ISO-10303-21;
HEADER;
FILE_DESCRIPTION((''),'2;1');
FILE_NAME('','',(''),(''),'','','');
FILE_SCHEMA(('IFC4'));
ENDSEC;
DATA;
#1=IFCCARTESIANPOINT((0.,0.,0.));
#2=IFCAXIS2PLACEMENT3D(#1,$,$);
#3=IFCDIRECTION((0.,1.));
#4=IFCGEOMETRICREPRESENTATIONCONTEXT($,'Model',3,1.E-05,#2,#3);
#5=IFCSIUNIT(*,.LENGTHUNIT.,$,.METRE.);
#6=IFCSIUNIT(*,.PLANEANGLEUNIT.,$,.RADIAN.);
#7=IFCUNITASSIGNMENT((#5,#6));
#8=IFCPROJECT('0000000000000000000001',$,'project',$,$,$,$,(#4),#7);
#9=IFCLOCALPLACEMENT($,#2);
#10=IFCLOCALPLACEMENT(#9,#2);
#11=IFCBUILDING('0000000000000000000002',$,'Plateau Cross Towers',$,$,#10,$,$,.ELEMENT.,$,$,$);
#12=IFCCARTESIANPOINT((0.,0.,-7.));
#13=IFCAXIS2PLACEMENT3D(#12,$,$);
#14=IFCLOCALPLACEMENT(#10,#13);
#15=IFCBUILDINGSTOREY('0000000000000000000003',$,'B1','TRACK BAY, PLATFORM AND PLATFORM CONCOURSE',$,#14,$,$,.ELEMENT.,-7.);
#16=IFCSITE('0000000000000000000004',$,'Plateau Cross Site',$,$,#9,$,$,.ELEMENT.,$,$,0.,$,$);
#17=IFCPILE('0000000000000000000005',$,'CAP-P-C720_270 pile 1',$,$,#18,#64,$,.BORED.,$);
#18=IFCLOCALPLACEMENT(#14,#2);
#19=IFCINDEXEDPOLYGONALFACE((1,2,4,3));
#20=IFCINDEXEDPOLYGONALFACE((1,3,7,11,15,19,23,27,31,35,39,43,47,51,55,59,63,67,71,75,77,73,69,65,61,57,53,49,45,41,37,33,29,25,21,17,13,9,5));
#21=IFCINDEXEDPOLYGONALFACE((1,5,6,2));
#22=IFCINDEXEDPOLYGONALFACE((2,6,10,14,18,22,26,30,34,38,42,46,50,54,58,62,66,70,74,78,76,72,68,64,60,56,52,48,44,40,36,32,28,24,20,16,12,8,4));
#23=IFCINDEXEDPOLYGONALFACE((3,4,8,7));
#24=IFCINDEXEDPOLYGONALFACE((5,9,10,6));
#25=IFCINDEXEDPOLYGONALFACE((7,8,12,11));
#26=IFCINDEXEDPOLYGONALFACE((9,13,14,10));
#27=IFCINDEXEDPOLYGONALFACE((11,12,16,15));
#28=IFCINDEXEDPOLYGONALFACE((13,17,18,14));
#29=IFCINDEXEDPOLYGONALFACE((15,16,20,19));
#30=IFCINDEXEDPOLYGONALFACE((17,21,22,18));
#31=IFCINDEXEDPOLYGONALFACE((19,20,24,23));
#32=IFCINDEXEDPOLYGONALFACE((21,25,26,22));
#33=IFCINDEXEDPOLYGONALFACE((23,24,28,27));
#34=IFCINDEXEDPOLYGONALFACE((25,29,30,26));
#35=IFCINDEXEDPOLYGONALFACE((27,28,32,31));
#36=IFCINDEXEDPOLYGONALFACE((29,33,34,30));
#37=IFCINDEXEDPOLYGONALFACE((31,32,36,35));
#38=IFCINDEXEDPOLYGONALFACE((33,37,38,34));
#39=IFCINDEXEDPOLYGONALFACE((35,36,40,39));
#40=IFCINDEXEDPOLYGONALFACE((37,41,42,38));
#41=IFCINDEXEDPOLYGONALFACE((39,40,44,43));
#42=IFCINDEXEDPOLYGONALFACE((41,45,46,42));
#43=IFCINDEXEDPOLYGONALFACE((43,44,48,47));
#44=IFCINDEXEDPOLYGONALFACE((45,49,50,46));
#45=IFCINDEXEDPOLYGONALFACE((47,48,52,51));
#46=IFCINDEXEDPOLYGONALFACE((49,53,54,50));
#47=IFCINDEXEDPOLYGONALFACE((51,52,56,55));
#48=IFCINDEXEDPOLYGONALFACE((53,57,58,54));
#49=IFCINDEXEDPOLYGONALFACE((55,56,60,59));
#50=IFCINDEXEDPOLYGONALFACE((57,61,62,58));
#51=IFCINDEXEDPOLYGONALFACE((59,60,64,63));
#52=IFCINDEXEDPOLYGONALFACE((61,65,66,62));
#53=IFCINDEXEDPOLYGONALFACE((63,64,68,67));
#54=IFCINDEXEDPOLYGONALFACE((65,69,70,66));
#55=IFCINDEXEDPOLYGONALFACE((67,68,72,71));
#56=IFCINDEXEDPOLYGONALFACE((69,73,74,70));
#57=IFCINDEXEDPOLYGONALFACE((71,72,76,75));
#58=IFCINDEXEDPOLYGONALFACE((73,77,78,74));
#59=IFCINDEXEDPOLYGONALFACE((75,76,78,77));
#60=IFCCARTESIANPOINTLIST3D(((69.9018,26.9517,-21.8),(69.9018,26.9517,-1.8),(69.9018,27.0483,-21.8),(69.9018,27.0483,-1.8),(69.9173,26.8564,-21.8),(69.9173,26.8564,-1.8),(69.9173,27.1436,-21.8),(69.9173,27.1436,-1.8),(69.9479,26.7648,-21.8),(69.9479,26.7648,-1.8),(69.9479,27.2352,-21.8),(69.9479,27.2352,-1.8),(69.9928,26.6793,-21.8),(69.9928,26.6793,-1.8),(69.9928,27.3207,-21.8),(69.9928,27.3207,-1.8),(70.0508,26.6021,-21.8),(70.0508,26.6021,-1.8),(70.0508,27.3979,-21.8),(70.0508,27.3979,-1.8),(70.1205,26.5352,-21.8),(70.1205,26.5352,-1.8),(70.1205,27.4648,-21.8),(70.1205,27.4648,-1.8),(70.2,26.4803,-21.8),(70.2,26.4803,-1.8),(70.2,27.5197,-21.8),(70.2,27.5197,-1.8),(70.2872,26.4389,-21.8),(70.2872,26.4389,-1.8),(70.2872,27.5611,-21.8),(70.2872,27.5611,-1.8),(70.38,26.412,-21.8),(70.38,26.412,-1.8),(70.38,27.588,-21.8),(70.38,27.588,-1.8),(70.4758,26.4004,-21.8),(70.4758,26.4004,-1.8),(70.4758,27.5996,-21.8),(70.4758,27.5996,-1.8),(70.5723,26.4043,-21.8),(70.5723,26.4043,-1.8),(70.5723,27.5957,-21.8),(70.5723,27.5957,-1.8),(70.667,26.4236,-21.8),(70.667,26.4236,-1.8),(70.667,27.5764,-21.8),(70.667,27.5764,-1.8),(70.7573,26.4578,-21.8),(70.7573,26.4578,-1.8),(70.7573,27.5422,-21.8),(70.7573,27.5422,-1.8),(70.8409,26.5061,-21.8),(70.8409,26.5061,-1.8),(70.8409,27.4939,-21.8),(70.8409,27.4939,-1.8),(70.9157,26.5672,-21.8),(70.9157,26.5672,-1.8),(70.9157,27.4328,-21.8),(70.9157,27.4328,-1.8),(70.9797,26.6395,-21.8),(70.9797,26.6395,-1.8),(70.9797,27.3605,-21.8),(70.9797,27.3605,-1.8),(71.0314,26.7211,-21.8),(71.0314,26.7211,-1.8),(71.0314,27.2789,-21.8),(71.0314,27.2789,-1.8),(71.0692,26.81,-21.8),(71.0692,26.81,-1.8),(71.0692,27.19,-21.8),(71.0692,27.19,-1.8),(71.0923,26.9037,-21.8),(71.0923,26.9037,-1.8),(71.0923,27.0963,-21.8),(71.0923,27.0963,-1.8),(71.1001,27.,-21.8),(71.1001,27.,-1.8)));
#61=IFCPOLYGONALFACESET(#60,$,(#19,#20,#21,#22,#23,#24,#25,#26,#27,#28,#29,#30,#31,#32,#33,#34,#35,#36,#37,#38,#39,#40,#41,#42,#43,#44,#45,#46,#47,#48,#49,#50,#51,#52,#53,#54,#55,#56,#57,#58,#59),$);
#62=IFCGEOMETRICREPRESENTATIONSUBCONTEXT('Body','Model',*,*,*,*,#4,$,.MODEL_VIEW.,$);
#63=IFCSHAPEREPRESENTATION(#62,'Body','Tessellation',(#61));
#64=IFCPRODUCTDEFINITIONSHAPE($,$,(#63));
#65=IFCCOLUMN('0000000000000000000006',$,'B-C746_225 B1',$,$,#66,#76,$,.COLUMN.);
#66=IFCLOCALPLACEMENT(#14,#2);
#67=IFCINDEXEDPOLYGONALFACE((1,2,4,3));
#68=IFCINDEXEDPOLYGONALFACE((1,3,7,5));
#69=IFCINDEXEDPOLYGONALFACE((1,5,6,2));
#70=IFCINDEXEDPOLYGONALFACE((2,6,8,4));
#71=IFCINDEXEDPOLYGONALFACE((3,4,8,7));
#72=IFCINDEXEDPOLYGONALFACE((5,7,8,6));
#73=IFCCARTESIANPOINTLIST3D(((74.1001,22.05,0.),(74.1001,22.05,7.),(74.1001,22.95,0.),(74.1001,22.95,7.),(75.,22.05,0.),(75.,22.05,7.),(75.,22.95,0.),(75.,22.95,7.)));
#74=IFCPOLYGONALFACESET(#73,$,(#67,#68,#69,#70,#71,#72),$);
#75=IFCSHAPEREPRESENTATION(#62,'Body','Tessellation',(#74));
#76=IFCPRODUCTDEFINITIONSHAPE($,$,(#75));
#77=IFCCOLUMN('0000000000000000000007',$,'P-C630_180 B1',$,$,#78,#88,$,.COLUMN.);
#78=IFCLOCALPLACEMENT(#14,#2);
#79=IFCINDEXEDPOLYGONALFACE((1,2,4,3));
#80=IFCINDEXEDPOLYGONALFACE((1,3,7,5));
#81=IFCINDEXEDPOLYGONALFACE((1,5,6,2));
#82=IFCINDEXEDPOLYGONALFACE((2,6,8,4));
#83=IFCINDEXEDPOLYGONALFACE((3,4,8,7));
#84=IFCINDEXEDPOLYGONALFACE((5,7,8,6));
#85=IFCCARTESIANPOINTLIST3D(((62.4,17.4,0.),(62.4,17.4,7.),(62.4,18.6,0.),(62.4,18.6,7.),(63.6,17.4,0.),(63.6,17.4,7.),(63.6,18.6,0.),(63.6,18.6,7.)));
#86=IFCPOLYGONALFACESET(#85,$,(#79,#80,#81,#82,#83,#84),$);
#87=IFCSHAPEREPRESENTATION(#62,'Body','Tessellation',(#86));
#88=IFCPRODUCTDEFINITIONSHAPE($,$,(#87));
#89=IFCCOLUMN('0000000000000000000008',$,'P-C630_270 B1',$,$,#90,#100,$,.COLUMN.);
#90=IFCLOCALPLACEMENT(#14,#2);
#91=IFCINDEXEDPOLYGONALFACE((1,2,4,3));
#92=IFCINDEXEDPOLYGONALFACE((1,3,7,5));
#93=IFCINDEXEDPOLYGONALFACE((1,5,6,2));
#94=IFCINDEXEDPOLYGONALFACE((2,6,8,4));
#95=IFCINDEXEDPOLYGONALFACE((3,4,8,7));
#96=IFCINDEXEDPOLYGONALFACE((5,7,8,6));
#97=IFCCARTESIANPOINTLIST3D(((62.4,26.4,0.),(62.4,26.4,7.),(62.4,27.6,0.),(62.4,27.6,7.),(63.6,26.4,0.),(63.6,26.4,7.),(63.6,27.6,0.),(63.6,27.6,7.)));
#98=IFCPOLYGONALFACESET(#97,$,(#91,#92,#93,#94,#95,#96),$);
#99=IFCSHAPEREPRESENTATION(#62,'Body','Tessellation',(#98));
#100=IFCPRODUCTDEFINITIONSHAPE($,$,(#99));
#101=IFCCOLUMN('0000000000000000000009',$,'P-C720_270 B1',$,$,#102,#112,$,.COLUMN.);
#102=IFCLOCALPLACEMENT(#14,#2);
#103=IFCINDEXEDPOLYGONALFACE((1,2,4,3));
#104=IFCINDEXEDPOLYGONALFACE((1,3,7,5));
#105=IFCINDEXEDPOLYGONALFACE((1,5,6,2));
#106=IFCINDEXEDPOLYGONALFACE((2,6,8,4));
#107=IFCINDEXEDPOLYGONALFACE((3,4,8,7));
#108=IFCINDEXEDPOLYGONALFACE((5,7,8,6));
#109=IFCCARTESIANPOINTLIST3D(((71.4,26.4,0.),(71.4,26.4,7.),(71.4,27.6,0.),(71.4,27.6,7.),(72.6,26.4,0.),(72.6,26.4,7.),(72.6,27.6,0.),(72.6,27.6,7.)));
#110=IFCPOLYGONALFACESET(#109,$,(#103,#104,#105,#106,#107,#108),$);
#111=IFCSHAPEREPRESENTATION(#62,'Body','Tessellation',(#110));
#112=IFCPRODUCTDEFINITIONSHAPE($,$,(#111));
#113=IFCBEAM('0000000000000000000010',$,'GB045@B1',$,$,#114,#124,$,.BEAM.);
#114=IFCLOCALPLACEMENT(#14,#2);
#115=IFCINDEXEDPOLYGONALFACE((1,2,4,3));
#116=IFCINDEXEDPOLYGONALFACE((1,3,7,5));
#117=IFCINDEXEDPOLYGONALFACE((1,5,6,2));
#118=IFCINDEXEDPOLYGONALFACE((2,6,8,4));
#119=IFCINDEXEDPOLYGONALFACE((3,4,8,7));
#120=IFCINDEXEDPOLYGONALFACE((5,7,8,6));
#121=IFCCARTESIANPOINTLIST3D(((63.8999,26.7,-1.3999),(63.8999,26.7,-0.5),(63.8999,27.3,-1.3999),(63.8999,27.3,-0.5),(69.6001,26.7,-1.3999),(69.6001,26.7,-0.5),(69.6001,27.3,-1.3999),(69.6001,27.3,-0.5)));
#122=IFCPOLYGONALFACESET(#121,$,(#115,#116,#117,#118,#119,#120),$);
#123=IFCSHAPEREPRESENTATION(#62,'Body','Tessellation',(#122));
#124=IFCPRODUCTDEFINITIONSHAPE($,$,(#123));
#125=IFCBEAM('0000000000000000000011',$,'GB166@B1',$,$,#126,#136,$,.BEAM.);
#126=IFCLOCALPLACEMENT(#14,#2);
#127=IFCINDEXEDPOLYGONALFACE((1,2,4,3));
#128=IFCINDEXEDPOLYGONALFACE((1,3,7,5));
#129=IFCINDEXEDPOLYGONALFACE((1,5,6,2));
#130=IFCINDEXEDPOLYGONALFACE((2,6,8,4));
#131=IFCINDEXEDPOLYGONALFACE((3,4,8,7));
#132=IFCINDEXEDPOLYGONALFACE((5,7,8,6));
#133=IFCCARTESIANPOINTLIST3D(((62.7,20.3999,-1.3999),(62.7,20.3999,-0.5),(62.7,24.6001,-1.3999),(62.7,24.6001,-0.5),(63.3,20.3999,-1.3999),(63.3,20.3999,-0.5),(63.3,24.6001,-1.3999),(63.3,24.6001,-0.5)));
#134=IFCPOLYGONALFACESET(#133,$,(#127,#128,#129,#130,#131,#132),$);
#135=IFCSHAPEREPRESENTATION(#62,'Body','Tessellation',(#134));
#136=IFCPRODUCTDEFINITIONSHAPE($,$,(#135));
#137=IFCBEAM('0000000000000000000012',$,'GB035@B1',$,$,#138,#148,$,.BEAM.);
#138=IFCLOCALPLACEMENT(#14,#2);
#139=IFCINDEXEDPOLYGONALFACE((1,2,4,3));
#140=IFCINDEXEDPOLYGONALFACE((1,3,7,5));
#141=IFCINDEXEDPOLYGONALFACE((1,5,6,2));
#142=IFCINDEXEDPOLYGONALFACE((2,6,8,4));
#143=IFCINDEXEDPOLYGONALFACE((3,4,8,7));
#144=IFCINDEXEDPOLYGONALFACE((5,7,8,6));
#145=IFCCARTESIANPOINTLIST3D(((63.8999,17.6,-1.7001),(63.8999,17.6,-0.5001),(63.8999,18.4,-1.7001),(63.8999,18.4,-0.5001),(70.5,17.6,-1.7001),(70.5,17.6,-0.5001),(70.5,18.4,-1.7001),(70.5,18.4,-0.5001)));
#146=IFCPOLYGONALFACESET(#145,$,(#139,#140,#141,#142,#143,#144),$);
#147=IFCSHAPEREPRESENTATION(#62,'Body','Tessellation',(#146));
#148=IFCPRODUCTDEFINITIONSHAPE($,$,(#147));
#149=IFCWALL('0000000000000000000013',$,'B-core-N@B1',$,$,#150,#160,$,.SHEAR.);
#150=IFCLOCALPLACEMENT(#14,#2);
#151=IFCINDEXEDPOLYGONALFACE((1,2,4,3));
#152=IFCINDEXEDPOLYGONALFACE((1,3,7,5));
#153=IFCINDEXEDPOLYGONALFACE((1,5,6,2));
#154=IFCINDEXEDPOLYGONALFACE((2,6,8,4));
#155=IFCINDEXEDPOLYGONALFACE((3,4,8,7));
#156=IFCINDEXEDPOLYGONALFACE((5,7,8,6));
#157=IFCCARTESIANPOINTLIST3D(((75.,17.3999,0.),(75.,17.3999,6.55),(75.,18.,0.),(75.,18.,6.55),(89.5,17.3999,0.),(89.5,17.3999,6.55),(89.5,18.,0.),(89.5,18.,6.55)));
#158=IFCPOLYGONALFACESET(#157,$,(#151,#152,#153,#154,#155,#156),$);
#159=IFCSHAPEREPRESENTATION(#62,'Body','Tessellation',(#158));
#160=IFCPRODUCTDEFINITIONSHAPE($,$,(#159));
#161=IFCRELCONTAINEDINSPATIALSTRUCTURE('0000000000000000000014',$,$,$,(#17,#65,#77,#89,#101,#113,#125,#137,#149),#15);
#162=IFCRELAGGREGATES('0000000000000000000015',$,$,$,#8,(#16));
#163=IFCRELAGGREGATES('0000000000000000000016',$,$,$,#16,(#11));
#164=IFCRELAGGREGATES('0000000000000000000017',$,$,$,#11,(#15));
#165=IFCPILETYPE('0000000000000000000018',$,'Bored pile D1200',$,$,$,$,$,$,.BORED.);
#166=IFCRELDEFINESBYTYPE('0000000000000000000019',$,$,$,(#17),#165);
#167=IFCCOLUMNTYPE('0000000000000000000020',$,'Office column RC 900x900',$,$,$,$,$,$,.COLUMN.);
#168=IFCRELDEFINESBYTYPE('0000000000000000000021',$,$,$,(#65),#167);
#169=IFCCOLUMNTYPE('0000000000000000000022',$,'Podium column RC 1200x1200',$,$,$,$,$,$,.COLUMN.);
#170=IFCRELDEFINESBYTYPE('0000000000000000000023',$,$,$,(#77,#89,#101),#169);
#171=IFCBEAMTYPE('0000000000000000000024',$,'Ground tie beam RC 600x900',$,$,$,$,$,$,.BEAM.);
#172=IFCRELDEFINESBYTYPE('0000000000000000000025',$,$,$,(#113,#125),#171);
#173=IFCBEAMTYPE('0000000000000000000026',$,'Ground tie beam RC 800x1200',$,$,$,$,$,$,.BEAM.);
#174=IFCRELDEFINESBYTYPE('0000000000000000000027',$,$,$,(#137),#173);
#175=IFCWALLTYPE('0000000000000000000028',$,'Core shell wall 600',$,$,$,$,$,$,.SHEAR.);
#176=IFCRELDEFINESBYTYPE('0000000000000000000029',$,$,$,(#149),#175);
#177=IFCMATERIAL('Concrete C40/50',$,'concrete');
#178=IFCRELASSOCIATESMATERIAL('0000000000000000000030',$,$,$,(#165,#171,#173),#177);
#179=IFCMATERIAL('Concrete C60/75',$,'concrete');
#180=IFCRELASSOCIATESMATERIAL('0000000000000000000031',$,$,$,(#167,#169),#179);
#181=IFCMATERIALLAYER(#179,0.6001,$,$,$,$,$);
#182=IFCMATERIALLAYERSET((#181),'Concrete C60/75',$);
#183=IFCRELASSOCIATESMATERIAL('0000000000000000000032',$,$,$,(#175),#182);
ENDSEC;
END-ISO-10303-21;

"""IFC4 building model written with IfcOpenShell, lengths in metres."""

from ifc_helpers import new_model, si_unit, direction, frame, frame_2d, origin, origin_2d, place, context, subcontext, project, spatial, rectangle, circle, extrude, material, layer, layer_set, material_profile, profile_set, type_object, element, save


model = new_model("IFC4")

# Units and contexts
model_context = context("Model", 3, precision=1e-05, world=origin(), true_north=direction((0.0, 1.0)))
body_context = subcontext(model_context, "Body", "Model", "MODEL_VIEW")
ifc_project = project(units=[si_unit("LENGTHUNIT", "METRE"), si_unit("PLANEANGLEUNIT", "RADIAN")], contexts=[model_context])

# Site, building, storey
site_placement = place(None, origin())
site = spatial("IfcSite", under=ifc_project, at=site_placement, Name="Plateau Cross Site", CompositionType="ELEMENT", RefElevation=0.0)
building_placement = place(site_placement, origin())
building = spatial("IfcBuilding", under=site, at=building_placement, Name="Plateau Cross Towers", CompositionType="ELEMENT")
storey_placement = place(building_placement, frame((0.0, 0.0, -7.0)))
storey = spatial("IfcBuildingStorey", under=building, at=storey_placement, Name="B1", Description="TRACK BAY, PLATFORM AND PLATFORM CONCOURSE", CompositionType="ELEMENT", Elevation=-7.0)

# Pile
ifc_material_1 = material(Name="Concrete C40/50", Category="concrete")
ifc_material_profile_1 = material_profile(ifc_material_1, circle(Radius=0.6001, at=origin_2d()), Name="Bored pile D1200")
ifc_profile_set_1 = profile_set([ifc_material_profile_1], Name="Concrete C40/50")
pile_type = type_object("IfcPileType", Name="Bored pile D1200", PredefinedType="BORED", material=ifc_profile_set_1)
for number, where, z_axis, x_axis, name in (
    (1, (70.5, 27.0, -1.8), (0.0, 0.0, -1.0), (1.0, 0.0, 0.0), "CAP-P-C720_270 pile 1"),
):
    element("IfcPile", number, at=place(storey_placement, frame(where, z_axis=z_axis, x_axis=x_axis)), inside=storey, type_object=pile_type, Name=name, PredefinedType="BORED", context=body_context, shape_type="SweptSolid", body=[
        extrude(circle(Radius=0.6001, at=origin_2d()), origin(), (0.0, 0.0, 1.0), 20.0),
    ])

# Columns
ifc_material_2 = material(Name="Concrete C60/75", Category="concrete")
ifc_material_profile_2 = material_profile(ifc_material_2, rectangle(XDim=0.8999, YDim=0.8999, at=origin_2d()), Name="RC 900x900")
ifc_profile_set_2 = profile_set([ifc_material_profile_2], Name="Concrete C60/75")
column_type_1 = type_object("IfcColumnType", Name="Office column RC 900x900", PredefinedType="COLUMN", material=ifc_profile_set_2)
column_placement = place(storey_placement, frame((74.55, 22.5, 0.0), z_axis=(0.0, 0.0, 1.0), x_axis=(1.0, 0.0, 0.0)))
element("IfcColumn", 2, at=column_placement, inside=storey, type_object=column_type_1, Name="B-C746_225 B1", PredefinedType="COLUMN", context=body_context, shape_type="SweptSolid", body=[
    extrude(rectangle(XDim=0.8999, YDim=0.8999, at=origin_2d()), origin(), (0.0, 0.0, 1.0), 7.0),
])
ifc_material_profile_3 = material_profile(ifc_material_2, rectangle(XDim=1.2, YDim=1.2, at=origin_2d()), Name="RC 1200x1200")
ifc_profile_set_3 = profile_set([ifc_material_profile_3], Name="Concrete C60/75")
column_type_2 = type_object("IfcColumnType", Name="Podium column RC 1200x1200", PredefinedType="COLUMN", material=ifc_profile_set_3)
for number, where, z_axis, x_axis, name in (
    (3, (63.0, 18.0, 0.0), (0.0, 0.0, 1.0), (1.0, 0.0, 0.0), "P-C630_180 B1"),
    (4, (63.0, 27.0, 0.0), (0.0, 0.0, 1.0), (1.0, 0.0, 0.0), "P-C630_270 B1"),
    (5, (72.0, 27.0, 0.0), (0.0, 0.0, 1.0), (1.0, 0.0, 0.0), "P-C720_270 B1"),
):
    element("IfcColumn", number, at=place(storey_placement, frame(where, z_axis=z_axis, x_axis=x_axis)), inside=storey, type_object=column_type_2, Name=name, PredefinedType="COLUMN", context=body_context, shape_type="SweptSolid", body=[
        extrude(rectangle(XDim=1.2, YDim=1.2, at=origin_2d()), origin(), (0.0, 0.0, 1.0), 7.0),
    ])

# Beams
ifc_material_profile_4 = material_profile(ifc_material_1, rectangle(XDim=0.6001, YDim=0.8999, at=origin_2d()), Name="RC 600x900")
ifc_profile_set_4 = profile_set([ifc_material_profile_4], Name="Concrete C40/50")
beam_type_1 = type_object("IfcBeamType", Name="Ground tie beam RC 600x900", PredefinedType="BEAM", material=ifc_profile_set_4)
beam_1_placement = place(storey_placement, frame((63.8999, 27.0, -0.95), z_axis=(1.0, 0.0, 0.0), x_axis=(0.0, 1.0, 0.0)))
element("IfcBeam", 6, at=beam_1_placement, inside=storey, type_object=beam_type_1, Name="GB045@B1", PredefinedType="BEAM", context=body_context, shape_type="SweptSolid", body=[
    extrude(rectangle(XDim=0.6001, YDim=0.8999, at=origin_2d()), origin(), (0.0, 0.0, 1.0), 5.7002),
])
beam_2_placement = place(storey_placement, frame((63.0, 20.3999, -0.95), z_axis=(0.0, 1.0, 0.0), x_axis=(-1.0, 0.0, 0.0)))
element("IfcBeam", 7, at=beam_2_placement, inside=storey, type_object=beam_type_1, Name="GB166@B1", PredefinedType="BEAM", context=body_context, shape_type="SweptSolid", body=[
    extrude(rectangle(XDim=0.6001, YDim=0.8999, at=origin_2d()), origin(), (0.0, 0.0, 1.0), 4.2002),
])
ifc_material_profile_5 = material_profile(ifc_material_1, rectangle(XDim=0.8, YDim=1.2, at=origin_2d()), Name="RC 800x1200")
ifc_profile_set_5 = profile_set([ifc_material_profile_5], Name="Concrete C40/50")
beam_type_2 = type_object("IfcBeamType", Name="Ground tie beam RC 800x1200", PredefinedType="BEAM", material=ifc_profile_set_5)
beam_3_placement = place(storey_placement, frame((63.8999, 18.0, -1.1001), z_axis=(1.0, 0.0, 0.0), x_axis=(0.0, 1.0, 0.0)))
element("IfcBeam", 8, at=beam_3_placement, inside=storey, type_object=beam_type_2, Name="GB035@B1", PredefinedType="BEAM", context=body_context, shape_type="SweptSolid", body=[
    extrude(rectangle(XDim=0.8, YDim=1.2, at=origin_2d()), origin(), (0.0, 0.0, 1.0), 6.6001),
])

# Wall
ifc_layer_1 = layer(ifc_material_2, 0.6001)
ifc_layer_set_1 = layer_set([ifc_layer_1], Name="Concrete C60/75")
wall_type_1 = type_object("IfcWallType", Name="Core shell wall 600", PredefinedType="SHEAR", material=ifc_layer_set_1)
wall_1_placement = place(storey_placement, frame((75.0, 17.7, 0.0), z_axis=(0.0, 0.0, 1.0), x_axis=(1.0, 0.0, 0.0)))
element("IfcWall", 9, at=wall_1_placement, inside=storey, type_object=wall_type_1, Name="B-core-N@B1", PredefinedType="SHEAR", context=body_context, shape_type="SweptSolid", body=[
    extrude(rectangle(XDim=14.5, YDim=0.6001, at=frame_2d((7.25, 0.0))), origin(), (0.0, 0.0, 1.0), 6.55),
])

save(model, "model.ifc")
